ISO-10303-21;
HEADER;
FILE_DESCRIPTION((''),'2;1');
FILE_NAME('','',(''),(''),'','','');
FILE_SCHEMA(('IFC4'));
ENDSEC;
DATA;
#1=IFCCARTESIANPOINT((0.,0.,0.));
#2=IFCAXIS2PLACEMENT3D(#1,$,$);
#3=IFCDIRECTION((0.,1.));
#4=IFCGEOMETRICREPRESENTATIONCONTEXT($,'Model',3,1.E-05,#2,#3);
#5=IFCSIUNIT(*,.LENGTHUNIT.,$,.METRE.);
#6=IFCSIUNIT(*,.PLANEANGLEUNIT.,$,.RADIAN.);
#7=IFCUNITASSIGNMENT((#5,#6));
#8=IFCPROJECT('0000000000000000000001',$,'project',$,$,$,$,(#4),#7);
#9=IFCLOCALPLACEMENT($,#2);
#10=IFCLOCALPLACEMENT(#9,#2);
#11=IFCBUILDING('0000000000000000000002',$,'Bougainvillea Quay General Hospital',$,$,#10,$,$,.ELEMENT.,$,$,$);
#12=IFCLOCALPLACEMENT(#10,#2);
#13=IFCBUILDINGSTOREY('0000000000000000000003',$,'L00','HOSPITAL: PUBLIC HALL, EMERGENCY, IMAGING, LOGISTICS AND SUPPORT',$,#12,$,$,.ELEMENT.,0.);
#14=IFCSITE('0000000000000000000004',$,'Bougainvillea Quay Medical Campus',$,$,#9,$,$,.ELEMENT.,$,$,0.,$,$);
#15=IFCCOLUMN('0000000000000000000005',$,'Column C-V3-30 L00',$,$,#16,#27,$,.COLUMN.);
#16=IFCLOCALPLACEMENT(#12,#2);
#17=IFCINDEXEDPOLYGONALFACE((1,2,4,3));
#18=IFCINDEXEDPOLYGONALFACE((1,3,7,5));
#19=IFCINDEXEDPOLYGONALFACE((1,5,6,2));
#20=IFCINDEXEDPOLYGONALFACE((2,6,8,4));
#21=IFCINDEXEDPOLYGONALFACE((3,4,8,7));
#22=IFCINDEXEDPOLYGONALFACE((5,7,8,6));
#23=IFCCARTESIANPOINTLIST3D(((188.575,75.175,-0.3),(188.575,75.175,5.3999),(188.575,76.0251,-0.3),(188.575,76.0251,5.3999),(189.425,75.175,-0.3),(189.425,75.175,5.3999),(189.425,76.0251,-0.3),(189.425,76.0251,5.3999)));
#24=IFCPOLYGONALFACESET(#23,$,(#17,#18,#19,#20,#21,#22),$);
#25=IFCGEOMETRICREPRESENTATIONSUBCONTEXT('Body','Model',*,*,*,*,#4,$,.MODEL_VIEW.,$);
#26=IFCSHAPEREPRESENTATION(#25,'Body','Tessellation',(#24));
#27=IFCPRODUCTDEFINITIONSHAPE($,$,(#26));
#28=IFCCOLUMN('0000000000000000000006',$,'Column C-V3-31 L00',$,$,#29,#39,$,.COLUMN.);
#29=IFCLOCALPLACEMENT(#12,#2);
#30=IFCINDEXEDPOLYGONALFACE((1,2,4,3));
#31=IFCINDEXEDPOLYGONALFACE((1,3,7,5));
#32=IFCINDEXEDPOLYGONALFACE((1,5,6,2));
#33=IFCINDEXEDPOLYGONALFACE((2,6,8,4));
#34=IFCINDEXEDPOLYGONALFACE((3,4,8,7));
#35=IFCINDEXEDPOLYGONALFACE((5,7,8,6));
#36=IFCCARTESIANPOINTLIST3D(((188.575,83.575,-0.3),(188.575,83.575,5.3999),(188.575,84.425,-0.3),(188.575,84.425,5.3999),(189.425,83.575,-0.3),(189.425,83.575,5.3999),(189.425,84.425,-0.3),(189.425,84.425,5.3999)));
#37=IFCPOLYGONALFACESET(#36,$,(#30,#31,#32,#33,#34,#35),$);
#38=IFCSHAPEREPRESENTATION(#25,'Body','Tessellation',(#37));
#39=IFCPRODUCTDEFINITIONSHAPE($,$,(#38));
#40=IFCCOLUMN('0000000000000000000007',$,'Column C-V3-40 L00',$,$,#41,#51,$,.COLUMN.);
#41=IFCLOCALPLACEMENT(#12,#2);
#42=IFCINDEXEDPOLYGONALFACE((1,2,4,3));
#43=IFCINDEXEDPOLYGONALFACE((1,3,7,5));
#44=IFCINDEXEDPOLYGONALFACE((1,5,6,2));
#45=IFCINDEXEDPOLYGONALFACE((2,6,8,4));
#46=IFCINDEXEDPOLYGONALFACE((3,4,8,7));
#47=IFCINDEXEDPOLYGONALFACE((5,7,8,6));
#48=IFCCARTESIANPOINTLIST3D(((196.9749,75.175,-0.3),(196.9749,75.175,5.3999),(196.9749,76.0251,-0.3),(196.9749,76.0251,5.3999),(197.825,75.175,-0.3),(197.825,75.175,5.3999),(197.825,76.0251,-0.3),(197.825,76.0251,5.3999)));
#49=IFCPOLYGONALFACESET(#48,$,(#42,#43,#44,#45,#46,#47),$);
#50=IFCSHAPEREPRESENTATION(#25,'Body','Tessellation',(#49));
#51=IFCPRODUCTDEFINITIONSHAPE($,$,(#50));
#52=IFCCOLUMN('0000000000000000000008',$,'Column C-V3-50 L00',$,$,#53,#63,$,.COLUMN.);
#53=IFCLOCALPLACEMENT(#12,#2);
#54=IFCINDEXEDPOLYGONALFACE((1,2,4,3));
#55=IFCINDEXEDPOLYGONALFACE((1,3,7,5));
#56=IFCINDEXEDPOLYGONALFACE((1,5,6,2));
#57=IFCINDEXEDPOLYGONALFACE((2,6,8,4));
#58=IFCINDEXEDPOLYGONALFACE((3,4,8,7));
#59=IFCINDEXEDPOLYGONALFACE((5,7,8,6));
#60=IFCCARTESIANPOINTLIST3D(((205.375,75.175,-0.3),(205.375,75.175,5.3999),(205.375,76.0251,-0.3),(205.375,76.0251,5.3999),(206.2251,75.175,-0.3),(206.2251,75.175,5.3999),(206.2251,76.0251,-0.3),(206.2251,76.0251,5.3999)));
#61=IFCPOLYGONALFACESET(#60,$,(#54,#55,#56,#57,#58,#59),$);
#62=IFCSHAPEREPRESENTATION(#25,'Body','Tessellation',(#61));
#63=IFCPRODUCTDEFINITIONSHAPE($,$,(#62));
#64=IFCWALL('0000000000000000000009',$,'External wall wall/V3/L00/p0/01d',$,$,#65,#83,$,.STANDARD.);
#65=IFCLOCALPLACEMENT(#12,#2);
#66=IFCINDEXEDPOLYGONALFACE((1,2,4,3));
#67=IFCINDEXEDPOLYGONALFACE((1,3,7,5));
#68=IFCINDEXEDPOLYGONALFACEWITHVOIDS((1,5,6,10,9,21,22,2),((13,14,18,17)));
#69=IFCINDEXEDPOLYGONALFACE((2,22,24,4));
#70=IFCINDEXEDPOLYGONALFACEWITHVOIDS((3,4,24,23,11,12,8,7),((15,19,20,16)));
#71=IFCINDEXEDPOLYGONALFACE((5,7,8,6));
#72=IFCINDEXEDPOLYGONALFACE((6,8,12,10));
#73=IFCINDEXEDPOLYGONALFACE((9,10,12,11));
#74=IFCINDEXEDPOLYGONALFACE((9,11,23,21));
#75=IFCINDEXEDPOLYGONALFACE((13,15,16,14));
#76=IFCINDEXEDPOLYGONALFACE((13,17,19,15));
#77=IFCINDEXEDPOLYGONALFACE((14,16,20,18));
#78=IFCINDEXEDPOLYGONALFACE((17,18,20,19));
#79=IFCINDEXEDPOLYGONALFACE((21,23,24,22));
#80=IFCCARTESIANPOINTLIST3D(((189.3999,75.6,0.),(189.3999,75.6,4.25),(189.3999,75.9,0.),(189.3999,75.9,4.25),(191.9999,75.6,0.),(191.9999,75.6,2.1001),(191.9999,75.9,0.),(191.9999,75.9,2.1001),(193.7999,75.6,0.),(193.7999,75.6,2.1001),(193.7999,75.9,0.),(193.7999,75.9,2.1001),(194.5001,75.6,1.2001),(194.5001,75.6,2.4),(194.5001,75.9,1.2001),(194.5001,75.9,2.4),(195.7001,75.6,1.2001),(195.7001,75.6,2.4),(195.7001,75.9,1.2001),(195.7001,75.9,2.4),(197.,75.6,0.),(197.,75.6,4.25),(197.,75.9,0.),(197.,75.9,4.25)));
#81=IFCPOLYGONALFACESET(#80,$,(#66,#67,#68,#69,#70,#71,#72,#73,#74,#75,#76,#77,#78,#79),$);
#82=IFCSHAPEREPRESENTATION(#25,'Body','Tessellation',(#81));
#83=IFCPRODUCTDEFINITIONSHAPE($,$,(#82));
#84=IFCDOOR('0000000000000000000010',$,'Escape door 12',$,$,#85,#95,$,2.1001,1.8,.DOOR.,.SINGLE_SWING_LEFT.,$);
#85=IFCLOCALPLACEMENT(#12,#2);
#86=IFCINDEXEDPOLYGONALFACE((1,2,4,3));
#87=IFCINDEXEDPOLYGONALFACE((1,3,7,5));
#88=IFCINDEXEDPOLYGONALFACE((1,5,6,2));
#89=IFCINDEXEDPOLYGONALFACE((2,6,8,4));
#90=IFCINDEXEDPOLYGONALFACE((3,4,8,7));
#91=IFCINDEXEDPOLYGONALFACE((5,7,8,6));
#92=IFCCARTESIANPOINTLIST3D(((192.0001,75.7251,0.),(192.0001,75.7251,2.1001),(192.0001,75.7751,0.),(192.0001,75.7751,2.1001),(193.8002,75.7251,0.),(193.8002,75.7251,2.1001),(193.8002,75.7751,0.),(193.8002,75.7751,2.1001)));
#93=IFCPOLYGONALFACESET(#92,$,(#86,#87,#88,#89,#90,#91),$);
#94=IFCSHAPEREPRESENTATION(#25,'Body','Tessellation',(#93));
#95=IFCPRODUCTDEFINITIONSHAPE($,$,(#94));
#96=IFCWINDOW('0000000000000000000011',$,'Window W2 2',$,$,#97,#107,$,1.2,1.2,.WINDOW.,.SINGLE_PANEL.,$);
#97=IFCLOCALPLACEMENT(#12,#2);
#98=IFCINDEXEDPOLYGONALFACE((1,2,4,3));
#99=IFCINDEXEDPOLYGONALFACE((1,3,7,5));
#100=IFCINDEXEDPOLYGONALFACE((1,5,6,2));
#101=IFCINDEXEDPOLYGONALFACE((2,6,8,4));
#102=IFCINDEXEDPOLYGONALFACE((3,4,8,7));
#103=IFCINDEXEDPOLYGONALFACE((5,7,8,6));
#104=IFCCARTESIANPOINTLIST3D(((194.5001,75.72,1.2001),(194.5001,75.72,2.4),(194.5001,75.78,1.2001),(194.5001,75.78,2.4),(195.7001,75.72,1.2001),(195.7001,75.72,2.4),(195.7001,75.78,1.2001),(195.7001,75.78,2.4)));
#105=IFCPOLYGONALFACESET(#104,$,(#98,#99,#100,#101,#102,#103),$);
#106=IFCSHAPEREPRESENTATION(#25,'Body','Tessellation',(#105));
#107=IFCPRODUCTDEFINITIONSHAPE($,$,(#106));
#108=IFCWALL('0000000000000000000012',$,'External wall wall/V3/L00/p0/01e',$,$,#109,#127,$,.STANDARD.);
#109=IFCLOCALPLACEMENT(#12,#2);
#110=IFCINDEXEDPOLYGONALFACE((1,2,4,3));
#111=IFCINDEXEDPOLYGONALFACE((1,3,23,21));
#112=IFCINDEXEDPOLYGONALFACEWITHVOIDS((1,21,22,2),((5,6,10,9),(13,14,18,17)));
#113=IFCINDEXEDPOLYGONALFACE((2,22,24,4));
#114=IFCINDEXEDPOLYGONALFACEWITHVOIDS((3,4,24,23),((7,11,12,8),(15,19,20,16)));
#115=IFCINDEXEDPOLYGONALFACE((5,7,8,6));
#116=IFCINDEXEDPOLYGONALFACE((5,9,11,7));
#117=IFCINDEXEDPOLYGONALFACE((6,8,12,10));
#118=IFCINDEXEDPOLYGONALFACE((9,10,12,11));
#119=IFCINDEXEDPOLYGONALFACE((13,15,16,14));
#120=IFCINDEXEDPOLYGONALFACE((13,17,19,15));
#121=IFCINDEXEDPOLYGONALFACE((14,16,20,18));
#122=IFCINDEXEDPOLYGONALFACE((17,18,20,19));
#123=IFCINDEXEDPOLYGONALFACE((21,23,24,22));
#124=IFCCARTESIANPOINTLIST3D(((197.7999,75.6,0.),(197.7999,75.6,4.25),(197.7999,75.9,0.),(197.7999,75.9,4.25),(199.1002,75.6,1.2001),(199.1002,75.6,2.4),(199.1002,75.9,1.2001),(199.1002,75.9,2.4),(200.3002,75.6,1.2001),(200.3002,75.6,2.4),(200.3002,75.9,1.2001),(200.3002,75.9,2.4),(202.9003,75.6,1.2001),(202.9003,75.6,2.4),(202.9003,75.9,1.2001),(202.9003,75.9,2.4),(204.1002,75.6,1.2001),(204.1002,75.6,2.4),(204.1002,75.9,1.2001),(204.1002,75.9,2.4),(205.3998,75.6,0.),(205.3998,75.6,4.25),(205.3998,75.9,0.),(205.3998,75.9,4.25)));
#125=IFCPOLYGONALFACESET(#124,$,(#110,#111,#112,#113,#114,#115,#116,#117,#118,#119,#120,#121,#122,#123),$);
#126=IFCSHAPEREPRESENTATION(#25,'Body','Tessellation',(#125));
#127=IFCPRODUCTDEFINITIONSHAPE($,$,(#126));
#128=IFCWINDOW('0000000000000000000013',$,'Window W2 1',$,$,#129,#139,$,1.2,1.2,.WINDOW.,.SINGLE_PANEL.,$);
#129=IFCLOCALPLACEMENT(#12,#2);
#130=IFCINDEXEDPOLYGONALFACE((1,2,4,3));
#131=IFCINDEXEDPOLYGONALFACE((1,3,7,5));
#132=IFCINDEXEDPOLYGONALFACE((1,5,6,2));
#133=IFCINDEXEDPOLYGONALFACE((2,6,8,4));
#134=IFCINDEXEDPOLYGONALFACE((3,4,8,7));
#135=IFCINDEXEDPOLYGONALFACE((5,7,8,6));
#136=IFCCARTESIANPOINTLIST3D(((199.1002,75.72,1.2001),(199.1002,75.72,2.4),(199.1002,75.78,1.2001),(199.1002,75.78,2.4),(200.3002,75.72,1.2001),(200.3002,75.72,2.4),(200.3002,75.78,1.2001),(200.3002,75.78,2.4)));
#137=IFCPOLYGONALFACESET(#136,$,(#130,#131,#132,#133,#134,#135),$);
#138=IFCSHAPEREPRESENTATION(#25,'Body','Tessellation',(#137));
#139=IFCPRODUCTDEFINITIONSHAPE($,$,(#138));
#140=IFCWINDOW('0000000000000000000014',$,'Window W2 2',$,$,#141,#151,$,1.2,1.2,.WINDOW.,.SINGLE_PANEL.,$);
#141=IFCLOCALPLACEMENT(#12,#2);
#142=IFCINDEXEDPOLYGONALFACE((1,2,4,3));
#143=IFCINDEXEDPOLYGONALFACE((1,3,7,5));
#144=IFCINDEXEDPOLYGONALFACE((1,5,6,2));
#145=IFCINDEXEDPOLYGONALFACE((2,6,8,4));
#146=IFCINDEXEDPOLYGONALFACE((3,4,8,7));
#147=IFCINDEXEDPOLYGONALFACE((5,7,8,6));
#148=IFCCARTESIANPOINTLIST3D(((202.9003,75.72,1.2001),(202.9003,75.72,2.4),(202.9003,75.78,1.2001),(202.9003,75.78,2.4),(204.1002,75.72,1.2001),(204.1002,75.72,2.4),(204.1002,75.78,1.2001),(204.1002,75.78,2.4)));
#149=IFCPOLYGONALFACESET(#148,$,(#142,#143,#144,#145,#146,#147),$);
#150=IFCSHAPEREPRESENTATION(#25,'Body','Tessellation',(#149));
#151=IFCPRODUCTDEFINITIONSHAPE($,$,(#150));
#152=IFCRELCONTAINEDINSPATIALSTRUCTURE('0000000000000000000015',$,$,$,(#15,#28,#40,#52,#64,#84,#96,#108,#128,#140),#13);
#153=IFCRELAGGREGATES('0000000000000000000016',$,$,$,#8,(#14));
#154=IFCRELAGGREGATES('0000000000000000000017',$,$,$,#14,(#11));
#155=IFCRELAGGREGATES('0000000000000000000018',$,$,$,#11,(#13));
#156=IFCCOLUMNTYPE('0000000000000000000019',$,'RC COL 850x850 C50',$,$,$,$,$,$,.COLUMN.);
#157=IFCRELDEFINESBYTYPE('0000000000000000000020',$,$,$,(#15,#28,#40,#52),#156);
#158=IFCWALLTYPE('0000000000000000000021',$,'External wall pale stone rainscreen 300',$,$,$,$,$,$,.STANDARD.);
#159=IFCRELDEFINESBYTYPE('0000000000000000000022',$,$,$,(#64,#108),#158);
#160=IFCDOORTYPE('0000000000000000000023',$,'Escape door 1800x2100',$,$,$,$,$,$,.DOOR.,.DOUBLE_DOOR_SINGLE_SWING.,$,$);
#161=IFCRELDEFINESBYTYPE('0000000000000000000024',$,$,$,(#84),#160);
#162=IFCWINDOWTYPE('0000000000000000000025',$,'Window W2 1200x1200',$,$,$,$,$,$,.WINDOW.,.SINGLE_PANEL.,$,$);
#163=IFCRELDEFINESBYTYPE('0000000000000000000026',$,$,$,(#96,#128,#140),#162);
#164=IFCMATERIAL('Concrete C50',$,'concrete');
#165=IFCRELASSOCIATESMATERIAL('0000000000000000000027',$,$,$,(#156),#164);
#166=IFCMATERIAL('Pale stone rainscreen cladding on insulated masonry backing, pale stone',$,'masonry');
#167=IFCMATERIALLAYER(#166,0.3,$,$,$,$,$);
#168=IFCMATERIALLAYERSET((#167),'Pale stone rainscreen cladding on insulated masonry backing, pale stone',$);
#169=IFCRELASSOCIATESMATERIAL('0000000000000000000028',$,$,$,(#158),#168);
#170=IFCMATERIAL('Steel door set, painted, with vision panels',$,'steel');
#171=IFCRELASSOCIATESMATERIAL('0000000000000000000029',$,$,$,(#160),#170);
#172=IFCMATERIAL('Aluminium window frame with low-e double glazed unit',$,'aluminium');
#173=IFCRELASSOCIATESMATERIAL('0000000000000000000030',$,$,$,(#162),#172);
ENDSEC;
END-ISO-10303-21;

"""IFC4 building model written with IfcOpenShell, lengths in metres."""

from ifc_helpers import new_model, si_unit, direction, frame, frame_2d, origin, origin_2d, place, context, subcontext, project, spatial, rectangle, extrude, material, layer, layer_set, material_profile, profile_set, type_object, element, fill, save


model = new_model("IFC4")

# Units and contexts
model_context = context("Model", 3, precision=1e-05, world=origin(), true_north=direction((0.0, 1.0)))
body_context = subcontext(model_context, "Body", "Model", "MODEL_VIEW")
ifc_project = project(units=[si_unit("LENGTHUNIT", "METRE"), si_unit("PLANEANGLEUNIT", "RADIAN")], contexts=[model_context])

# Site, building, storey
site_placement = place(None, origin())
site = spatial("IfcSite", under=ifc_project, at=site_placement, Name="Bougainvillea Quay Medical Campus", CompositionType="ELEMENT", RefElevation=0.0)
building_placement = place(site_placement, origin())
building = spatial("IfcBuilding", under=site, at=building_placement, Name="Bougainvillea Quay General Hospital", CompositionType="ELEMENT")
storey_placement = place(building_placement, origin())
storey = spatial("IfcBuildingStorey", under=building, at=storey_placement, Name="L00", Description="HOSPITAL: PUBLIC HALL, EMERGENCY, IMAGING, LOGISTICS AND SUPPORT", CompositionType="ELEMENT", Elevation=0.0)

# Columns
ifc_material_1 = material(Name="Concrete C50", Category="concrete")
ifc_material_profile_1 = material_profile(ifc_material_1, rectangle(XDim=0.8501, YDim=0.8501, at=origin_2d()))
ifc_profile_set_1 = profile_set([ifc_material_profile_1], Name="Concrete C50")
column_type = type_object("IfcColumnType", Name="RC COL 850x850 C50", PredefinedType="COLUMN", material=ifc_profile_set_1)
for number, where, z_axis, x_axis, name in (
    (1, (189.0, 75.6001, -0.3), (0.0, 0.0, 1.0), (1.0, 0.0, 0.0), "Column C-V3-30 L00"),
    (2, (189.0, 84.0, -0.3), (0.0, 0.0, 1.0), (1.0, 0.0, 0.0), "Column C-V3-31 L00"),
    (3, (197.3999, 75.6001, -0.3), (0.0, 0.0, 1.0), (1.0, 0.0, 0.0), "Column C-V3-40 L00"),
    (4, (205.8, 75.6001, -0.3), (0.0, 0.0, 1.0), (1.0, 0.0, 0.0), "Column C-V3-50 L00"),
):
    element("IfcColumn", number, at=place(storey_placement, frame(where, z_axis=z_axis, x_axis=x_axis)), inside=storey, type_object=column_type, Name=name, PredefinedType="COLUMN", context=body_context, shape_type="SweptSolid", body=[
        extrude(rectangle(XDim=0.8501, YDim=0.8501, at=origin_2d()), origin(), (0.0, 0.0, 1.0), 5.7),
    ])

# Wall, openings, door, window
ifc_material_2 = material(Name="Pale stone rainscreen cladding on insulated masonry backing, pale stone", Category="masonry")
ifc_layer_1 = layer(ifc_material_2, 0.3)
ifc_layer_set_1 = layer_set([ifc_layer_1], Name="Pale stone rainscreen cladding on insulated masonry backing, pale stone")
wall_type_1 = type_object("IfcWallType", Name="External wall pale stone rainscreen 300", PredefinedType="STANDARD", material=ifc_layer_set_1)
wall_1_placement = place(storey_placement, frame((189.3999, 75.75, 0.0), z_axis=(0.0, 0.0, 1.0), x_axis=(1.0, 0.0, 0.0)))
wall_1 = element("IfcWall", 5, at=wall_1_placement, inside=storey, type_object=wall_type_1, Name="External wall wall/V3/L00/p0/01d", PredefinedType="STANDARD", context=body_context, shape_type="SweptSolid", body=[
    extrude(rectangle(XDim=7.6001, YDim=0.3, at=frame_2d((3.8, 0.0))), origin(), (0.0, 0.0, 1.0), 4.25),
])
opening_1_placement = place(wall_1_placement, frame((2.6001, 0.0, 0.0)))
opening_1 = element("IfcOpeningElement", 6, at=opening_1_placement, cuts=wall_1, PredefinedType="OPENING", context=body_context, shape_type="SweptSolid", body=[
    extrude(rectangle(XDim=1.8, YDim=2.1001, at=frame_2d((0.8999, 1.05))), frame((0.0, 0.1599, 0.0), z_axis=(0.0, -1.0, 0.0), x_axis=(1.0, 0.0, 0.0)), (0.0, 0.0, 1.0), 0.3201),
])
opening_2_placement = place(wall_1_placement, frame((5.1001, 0.0, 1.2)))
opening_2 = element("IfcOpeningElement", 7, at=opening_2_placement, cuts=wall_1, PredefinedType="OPENING", context=body_context, shape_type="SweptSolid", body=[
    extrude(rectangle(XDim=1.2, YDim=1.2, at=frame_2d((0.6001, 0.6001))), frame((0.0, 0.1599, 0.0), z_axis=(0.0, -1.0, 0.0), x_axis=(1.0, 0.0, 0.0)), (0.0, 0.0, 1.0), 0.3201),
])
ifc_material_3 = material(Name="Steel door set, painted, with vision panels", Category="steel")
door_type_1 = type_object("IfcDoorType", Name="Escape door 1800x2100", OperationType="DOUBLE_DOOR_SINGLE_SWING", PredefinedType="DOOR", material=ifc_material_3)
door_1_placement = place(opening_1_placement, frame((1.8, 0.0, 0.0), z_axis=(0.0, 0.0, 1.0), x_axis=(-1.0, 0.0, 0.0)))
door_1 = element("IfcDoor", 8, at=door_1_placement, inside=storey, type_object=door_type_1, Name="Escape door 12", OperationType="SINGLE_SWING_LEFT", OverallHeight=2.1001, OverallWidth=1.8, PredefinedType="DOOR", context=body_context, shape_type="SweptSolid", body=[
    extrude(rectangle(XDim=1.8, YDim=2.1001, at=frame_2d((0.8999, 1.05))), frame((0.0, 0.0249, 0.0), z_axis=(0.0, -1.0, 0.0), x_axis=(1.0, 0.0, 0.0)), (0.0, 0.0, 1.0), 0.05),
])
fill(opening_1, door_1)
ifc_material_4 = material(Name="Aluminium window frame with low-e double glazed unit", Category="aluminium")
window_type = type_object("IfcWindowType", Name="Window W2 1200x1200", PartitioningType="SINGLE_PANEL", PredefinedType="WINDOW", material=ifc_material_4)
window_1_placement = place(opening_2_placement, origin())
window_1 = element("IfcWindow", 9, at=window_1_placement, inside=storey, type_object=window_type, Name="Window W2 2", OverallHeight=1.2, OverallWidth=1.2, PartitioningType="SINGLE_PANEL", PredefinedType="WINDOW", context=body_context, shape_type="SweptSolid", body=[
    extrude(rectangle(XDim=1.2, YDim=1.2, at=frame_2d((0.6001, 0.6001))), frame((0.0, 0.03, 0.0), z_axis=(0.0, -1.0, 0.0), x_axis=(1.0, 0.0, 0.0)), (0.0, 0.0, 1.0), 0.0601),
])
fill(opening_2, window_1)

# Wall, openings, windows
wall_2_placement = place(storey_placement, frame((197.8, 75.75, 0.0), z_axis=(0.0, 0.0, 1.0), x_axis=(1.0, 0.0, 0.0)))
wall_2 = element("IfcWall", 10, at=wall_2_placement, inside=storey, type_object=wall_type_1, Name="External wall wall/V3/L00/p0/01e", PredefinedType="STANDARD", context=body_context, shape_type="SweptSolid", body=[
    extrude(rectangle(XDim=7.5999, YDim=0.3, at=frame_2d((3.7998, 0.0))), origin(), (0.0, 0.0, 1.0), 4.25),
])
opening_3_placement = place(wall_2_placement, frame((1.3, 0.0, 1.2)))
opening_3 = element("IfcOpeningElement", 11, at=opening_3_placement, cuts=wall_2, PredefinedType="OPENING", context=body_context, shape_type="SweptSolid", body=[
    extrude(rectangle(XDim=1.2, YDim=1.2, at=frame_2d((0.6001, 0.6001))), frame((0.0, 0.1599, 0.0), z_axis=(0.0, -1.0, 0.0), x_axis=(1.0, 0.0, 0.0)), (0.0, 0.0, 1.0), 0.3201),
])
opening_4_placement = place(wall_2_placement, frame((5.1001, 0.0, 1.2)))
opening_4 = element("IfcOpeningElement", 12, at=opening_4_placement, cuts=wall_2, PredefinedType="OPENING", context=body_context, shape_type="SweptSolid", body=[
    extrude(rectangle(XDim=1.2, YDim=1.2, at=frame_2d((0.6001, 0.6001))), frame((0.0, 0.1599, 0.0), z_axis=(0.0, -1.0, 0.0), x_axis=(1.0, 0.0, 0.0)), (0.0, 0.0, 1.0), 0.3201),
])
window_2_placement = place(opening_3_placement, origin())
window_2 = element("IfcWindow", 13, at=window_2_placement, inside=storey, type_object=window_type, Name="Window W2 1", OverallHeight=1.2, OverallWidth=1.2, PartitioningType="SINGLE_PANEL", PredefinedType="WINDOW", context=body_context, shape_type="SweptSolid", body=[
    extrude(rectangle(XDim=1.2, YDim=1.2, at=frame_2d((0.6001, 0.6001))), frame((0.0, 0.03, 0.0), z_axis=(0.0, -1.0, 0.0), x_axis=(1.0, 0.0, 0.0)), (0.0, 0.0, 1.0), 0.0601),
])
fill(opening_3, window_2)
window_3_placement = place(opening_4_placement, origin())
window_3 = element("IfcWindow", 14, at=window_3_placement, inside=storey, type_object=window_type, Name="Window W2 2", OverallHeight=1.2, OverallWidth=1.2, PartitioningType="SINGLE_PANEL", PredefinedType="WINDOW", context=body_context, shape_type="SweptSolid", body=[
    extrude(rectangle(XDim=1.2, YDim=1.2, at=frame_2d((0.6001, 0.6001))), frame((0.0, 0.03, 0.0), z_axis=(0.0, -1.0, 0.0), x_axis=(1.0, 0.0, 0.0)), (0.0, 0.0, 1.0), 0.0601),
])
fill(opening_4, window_3)

save(model, "model.ifc")
